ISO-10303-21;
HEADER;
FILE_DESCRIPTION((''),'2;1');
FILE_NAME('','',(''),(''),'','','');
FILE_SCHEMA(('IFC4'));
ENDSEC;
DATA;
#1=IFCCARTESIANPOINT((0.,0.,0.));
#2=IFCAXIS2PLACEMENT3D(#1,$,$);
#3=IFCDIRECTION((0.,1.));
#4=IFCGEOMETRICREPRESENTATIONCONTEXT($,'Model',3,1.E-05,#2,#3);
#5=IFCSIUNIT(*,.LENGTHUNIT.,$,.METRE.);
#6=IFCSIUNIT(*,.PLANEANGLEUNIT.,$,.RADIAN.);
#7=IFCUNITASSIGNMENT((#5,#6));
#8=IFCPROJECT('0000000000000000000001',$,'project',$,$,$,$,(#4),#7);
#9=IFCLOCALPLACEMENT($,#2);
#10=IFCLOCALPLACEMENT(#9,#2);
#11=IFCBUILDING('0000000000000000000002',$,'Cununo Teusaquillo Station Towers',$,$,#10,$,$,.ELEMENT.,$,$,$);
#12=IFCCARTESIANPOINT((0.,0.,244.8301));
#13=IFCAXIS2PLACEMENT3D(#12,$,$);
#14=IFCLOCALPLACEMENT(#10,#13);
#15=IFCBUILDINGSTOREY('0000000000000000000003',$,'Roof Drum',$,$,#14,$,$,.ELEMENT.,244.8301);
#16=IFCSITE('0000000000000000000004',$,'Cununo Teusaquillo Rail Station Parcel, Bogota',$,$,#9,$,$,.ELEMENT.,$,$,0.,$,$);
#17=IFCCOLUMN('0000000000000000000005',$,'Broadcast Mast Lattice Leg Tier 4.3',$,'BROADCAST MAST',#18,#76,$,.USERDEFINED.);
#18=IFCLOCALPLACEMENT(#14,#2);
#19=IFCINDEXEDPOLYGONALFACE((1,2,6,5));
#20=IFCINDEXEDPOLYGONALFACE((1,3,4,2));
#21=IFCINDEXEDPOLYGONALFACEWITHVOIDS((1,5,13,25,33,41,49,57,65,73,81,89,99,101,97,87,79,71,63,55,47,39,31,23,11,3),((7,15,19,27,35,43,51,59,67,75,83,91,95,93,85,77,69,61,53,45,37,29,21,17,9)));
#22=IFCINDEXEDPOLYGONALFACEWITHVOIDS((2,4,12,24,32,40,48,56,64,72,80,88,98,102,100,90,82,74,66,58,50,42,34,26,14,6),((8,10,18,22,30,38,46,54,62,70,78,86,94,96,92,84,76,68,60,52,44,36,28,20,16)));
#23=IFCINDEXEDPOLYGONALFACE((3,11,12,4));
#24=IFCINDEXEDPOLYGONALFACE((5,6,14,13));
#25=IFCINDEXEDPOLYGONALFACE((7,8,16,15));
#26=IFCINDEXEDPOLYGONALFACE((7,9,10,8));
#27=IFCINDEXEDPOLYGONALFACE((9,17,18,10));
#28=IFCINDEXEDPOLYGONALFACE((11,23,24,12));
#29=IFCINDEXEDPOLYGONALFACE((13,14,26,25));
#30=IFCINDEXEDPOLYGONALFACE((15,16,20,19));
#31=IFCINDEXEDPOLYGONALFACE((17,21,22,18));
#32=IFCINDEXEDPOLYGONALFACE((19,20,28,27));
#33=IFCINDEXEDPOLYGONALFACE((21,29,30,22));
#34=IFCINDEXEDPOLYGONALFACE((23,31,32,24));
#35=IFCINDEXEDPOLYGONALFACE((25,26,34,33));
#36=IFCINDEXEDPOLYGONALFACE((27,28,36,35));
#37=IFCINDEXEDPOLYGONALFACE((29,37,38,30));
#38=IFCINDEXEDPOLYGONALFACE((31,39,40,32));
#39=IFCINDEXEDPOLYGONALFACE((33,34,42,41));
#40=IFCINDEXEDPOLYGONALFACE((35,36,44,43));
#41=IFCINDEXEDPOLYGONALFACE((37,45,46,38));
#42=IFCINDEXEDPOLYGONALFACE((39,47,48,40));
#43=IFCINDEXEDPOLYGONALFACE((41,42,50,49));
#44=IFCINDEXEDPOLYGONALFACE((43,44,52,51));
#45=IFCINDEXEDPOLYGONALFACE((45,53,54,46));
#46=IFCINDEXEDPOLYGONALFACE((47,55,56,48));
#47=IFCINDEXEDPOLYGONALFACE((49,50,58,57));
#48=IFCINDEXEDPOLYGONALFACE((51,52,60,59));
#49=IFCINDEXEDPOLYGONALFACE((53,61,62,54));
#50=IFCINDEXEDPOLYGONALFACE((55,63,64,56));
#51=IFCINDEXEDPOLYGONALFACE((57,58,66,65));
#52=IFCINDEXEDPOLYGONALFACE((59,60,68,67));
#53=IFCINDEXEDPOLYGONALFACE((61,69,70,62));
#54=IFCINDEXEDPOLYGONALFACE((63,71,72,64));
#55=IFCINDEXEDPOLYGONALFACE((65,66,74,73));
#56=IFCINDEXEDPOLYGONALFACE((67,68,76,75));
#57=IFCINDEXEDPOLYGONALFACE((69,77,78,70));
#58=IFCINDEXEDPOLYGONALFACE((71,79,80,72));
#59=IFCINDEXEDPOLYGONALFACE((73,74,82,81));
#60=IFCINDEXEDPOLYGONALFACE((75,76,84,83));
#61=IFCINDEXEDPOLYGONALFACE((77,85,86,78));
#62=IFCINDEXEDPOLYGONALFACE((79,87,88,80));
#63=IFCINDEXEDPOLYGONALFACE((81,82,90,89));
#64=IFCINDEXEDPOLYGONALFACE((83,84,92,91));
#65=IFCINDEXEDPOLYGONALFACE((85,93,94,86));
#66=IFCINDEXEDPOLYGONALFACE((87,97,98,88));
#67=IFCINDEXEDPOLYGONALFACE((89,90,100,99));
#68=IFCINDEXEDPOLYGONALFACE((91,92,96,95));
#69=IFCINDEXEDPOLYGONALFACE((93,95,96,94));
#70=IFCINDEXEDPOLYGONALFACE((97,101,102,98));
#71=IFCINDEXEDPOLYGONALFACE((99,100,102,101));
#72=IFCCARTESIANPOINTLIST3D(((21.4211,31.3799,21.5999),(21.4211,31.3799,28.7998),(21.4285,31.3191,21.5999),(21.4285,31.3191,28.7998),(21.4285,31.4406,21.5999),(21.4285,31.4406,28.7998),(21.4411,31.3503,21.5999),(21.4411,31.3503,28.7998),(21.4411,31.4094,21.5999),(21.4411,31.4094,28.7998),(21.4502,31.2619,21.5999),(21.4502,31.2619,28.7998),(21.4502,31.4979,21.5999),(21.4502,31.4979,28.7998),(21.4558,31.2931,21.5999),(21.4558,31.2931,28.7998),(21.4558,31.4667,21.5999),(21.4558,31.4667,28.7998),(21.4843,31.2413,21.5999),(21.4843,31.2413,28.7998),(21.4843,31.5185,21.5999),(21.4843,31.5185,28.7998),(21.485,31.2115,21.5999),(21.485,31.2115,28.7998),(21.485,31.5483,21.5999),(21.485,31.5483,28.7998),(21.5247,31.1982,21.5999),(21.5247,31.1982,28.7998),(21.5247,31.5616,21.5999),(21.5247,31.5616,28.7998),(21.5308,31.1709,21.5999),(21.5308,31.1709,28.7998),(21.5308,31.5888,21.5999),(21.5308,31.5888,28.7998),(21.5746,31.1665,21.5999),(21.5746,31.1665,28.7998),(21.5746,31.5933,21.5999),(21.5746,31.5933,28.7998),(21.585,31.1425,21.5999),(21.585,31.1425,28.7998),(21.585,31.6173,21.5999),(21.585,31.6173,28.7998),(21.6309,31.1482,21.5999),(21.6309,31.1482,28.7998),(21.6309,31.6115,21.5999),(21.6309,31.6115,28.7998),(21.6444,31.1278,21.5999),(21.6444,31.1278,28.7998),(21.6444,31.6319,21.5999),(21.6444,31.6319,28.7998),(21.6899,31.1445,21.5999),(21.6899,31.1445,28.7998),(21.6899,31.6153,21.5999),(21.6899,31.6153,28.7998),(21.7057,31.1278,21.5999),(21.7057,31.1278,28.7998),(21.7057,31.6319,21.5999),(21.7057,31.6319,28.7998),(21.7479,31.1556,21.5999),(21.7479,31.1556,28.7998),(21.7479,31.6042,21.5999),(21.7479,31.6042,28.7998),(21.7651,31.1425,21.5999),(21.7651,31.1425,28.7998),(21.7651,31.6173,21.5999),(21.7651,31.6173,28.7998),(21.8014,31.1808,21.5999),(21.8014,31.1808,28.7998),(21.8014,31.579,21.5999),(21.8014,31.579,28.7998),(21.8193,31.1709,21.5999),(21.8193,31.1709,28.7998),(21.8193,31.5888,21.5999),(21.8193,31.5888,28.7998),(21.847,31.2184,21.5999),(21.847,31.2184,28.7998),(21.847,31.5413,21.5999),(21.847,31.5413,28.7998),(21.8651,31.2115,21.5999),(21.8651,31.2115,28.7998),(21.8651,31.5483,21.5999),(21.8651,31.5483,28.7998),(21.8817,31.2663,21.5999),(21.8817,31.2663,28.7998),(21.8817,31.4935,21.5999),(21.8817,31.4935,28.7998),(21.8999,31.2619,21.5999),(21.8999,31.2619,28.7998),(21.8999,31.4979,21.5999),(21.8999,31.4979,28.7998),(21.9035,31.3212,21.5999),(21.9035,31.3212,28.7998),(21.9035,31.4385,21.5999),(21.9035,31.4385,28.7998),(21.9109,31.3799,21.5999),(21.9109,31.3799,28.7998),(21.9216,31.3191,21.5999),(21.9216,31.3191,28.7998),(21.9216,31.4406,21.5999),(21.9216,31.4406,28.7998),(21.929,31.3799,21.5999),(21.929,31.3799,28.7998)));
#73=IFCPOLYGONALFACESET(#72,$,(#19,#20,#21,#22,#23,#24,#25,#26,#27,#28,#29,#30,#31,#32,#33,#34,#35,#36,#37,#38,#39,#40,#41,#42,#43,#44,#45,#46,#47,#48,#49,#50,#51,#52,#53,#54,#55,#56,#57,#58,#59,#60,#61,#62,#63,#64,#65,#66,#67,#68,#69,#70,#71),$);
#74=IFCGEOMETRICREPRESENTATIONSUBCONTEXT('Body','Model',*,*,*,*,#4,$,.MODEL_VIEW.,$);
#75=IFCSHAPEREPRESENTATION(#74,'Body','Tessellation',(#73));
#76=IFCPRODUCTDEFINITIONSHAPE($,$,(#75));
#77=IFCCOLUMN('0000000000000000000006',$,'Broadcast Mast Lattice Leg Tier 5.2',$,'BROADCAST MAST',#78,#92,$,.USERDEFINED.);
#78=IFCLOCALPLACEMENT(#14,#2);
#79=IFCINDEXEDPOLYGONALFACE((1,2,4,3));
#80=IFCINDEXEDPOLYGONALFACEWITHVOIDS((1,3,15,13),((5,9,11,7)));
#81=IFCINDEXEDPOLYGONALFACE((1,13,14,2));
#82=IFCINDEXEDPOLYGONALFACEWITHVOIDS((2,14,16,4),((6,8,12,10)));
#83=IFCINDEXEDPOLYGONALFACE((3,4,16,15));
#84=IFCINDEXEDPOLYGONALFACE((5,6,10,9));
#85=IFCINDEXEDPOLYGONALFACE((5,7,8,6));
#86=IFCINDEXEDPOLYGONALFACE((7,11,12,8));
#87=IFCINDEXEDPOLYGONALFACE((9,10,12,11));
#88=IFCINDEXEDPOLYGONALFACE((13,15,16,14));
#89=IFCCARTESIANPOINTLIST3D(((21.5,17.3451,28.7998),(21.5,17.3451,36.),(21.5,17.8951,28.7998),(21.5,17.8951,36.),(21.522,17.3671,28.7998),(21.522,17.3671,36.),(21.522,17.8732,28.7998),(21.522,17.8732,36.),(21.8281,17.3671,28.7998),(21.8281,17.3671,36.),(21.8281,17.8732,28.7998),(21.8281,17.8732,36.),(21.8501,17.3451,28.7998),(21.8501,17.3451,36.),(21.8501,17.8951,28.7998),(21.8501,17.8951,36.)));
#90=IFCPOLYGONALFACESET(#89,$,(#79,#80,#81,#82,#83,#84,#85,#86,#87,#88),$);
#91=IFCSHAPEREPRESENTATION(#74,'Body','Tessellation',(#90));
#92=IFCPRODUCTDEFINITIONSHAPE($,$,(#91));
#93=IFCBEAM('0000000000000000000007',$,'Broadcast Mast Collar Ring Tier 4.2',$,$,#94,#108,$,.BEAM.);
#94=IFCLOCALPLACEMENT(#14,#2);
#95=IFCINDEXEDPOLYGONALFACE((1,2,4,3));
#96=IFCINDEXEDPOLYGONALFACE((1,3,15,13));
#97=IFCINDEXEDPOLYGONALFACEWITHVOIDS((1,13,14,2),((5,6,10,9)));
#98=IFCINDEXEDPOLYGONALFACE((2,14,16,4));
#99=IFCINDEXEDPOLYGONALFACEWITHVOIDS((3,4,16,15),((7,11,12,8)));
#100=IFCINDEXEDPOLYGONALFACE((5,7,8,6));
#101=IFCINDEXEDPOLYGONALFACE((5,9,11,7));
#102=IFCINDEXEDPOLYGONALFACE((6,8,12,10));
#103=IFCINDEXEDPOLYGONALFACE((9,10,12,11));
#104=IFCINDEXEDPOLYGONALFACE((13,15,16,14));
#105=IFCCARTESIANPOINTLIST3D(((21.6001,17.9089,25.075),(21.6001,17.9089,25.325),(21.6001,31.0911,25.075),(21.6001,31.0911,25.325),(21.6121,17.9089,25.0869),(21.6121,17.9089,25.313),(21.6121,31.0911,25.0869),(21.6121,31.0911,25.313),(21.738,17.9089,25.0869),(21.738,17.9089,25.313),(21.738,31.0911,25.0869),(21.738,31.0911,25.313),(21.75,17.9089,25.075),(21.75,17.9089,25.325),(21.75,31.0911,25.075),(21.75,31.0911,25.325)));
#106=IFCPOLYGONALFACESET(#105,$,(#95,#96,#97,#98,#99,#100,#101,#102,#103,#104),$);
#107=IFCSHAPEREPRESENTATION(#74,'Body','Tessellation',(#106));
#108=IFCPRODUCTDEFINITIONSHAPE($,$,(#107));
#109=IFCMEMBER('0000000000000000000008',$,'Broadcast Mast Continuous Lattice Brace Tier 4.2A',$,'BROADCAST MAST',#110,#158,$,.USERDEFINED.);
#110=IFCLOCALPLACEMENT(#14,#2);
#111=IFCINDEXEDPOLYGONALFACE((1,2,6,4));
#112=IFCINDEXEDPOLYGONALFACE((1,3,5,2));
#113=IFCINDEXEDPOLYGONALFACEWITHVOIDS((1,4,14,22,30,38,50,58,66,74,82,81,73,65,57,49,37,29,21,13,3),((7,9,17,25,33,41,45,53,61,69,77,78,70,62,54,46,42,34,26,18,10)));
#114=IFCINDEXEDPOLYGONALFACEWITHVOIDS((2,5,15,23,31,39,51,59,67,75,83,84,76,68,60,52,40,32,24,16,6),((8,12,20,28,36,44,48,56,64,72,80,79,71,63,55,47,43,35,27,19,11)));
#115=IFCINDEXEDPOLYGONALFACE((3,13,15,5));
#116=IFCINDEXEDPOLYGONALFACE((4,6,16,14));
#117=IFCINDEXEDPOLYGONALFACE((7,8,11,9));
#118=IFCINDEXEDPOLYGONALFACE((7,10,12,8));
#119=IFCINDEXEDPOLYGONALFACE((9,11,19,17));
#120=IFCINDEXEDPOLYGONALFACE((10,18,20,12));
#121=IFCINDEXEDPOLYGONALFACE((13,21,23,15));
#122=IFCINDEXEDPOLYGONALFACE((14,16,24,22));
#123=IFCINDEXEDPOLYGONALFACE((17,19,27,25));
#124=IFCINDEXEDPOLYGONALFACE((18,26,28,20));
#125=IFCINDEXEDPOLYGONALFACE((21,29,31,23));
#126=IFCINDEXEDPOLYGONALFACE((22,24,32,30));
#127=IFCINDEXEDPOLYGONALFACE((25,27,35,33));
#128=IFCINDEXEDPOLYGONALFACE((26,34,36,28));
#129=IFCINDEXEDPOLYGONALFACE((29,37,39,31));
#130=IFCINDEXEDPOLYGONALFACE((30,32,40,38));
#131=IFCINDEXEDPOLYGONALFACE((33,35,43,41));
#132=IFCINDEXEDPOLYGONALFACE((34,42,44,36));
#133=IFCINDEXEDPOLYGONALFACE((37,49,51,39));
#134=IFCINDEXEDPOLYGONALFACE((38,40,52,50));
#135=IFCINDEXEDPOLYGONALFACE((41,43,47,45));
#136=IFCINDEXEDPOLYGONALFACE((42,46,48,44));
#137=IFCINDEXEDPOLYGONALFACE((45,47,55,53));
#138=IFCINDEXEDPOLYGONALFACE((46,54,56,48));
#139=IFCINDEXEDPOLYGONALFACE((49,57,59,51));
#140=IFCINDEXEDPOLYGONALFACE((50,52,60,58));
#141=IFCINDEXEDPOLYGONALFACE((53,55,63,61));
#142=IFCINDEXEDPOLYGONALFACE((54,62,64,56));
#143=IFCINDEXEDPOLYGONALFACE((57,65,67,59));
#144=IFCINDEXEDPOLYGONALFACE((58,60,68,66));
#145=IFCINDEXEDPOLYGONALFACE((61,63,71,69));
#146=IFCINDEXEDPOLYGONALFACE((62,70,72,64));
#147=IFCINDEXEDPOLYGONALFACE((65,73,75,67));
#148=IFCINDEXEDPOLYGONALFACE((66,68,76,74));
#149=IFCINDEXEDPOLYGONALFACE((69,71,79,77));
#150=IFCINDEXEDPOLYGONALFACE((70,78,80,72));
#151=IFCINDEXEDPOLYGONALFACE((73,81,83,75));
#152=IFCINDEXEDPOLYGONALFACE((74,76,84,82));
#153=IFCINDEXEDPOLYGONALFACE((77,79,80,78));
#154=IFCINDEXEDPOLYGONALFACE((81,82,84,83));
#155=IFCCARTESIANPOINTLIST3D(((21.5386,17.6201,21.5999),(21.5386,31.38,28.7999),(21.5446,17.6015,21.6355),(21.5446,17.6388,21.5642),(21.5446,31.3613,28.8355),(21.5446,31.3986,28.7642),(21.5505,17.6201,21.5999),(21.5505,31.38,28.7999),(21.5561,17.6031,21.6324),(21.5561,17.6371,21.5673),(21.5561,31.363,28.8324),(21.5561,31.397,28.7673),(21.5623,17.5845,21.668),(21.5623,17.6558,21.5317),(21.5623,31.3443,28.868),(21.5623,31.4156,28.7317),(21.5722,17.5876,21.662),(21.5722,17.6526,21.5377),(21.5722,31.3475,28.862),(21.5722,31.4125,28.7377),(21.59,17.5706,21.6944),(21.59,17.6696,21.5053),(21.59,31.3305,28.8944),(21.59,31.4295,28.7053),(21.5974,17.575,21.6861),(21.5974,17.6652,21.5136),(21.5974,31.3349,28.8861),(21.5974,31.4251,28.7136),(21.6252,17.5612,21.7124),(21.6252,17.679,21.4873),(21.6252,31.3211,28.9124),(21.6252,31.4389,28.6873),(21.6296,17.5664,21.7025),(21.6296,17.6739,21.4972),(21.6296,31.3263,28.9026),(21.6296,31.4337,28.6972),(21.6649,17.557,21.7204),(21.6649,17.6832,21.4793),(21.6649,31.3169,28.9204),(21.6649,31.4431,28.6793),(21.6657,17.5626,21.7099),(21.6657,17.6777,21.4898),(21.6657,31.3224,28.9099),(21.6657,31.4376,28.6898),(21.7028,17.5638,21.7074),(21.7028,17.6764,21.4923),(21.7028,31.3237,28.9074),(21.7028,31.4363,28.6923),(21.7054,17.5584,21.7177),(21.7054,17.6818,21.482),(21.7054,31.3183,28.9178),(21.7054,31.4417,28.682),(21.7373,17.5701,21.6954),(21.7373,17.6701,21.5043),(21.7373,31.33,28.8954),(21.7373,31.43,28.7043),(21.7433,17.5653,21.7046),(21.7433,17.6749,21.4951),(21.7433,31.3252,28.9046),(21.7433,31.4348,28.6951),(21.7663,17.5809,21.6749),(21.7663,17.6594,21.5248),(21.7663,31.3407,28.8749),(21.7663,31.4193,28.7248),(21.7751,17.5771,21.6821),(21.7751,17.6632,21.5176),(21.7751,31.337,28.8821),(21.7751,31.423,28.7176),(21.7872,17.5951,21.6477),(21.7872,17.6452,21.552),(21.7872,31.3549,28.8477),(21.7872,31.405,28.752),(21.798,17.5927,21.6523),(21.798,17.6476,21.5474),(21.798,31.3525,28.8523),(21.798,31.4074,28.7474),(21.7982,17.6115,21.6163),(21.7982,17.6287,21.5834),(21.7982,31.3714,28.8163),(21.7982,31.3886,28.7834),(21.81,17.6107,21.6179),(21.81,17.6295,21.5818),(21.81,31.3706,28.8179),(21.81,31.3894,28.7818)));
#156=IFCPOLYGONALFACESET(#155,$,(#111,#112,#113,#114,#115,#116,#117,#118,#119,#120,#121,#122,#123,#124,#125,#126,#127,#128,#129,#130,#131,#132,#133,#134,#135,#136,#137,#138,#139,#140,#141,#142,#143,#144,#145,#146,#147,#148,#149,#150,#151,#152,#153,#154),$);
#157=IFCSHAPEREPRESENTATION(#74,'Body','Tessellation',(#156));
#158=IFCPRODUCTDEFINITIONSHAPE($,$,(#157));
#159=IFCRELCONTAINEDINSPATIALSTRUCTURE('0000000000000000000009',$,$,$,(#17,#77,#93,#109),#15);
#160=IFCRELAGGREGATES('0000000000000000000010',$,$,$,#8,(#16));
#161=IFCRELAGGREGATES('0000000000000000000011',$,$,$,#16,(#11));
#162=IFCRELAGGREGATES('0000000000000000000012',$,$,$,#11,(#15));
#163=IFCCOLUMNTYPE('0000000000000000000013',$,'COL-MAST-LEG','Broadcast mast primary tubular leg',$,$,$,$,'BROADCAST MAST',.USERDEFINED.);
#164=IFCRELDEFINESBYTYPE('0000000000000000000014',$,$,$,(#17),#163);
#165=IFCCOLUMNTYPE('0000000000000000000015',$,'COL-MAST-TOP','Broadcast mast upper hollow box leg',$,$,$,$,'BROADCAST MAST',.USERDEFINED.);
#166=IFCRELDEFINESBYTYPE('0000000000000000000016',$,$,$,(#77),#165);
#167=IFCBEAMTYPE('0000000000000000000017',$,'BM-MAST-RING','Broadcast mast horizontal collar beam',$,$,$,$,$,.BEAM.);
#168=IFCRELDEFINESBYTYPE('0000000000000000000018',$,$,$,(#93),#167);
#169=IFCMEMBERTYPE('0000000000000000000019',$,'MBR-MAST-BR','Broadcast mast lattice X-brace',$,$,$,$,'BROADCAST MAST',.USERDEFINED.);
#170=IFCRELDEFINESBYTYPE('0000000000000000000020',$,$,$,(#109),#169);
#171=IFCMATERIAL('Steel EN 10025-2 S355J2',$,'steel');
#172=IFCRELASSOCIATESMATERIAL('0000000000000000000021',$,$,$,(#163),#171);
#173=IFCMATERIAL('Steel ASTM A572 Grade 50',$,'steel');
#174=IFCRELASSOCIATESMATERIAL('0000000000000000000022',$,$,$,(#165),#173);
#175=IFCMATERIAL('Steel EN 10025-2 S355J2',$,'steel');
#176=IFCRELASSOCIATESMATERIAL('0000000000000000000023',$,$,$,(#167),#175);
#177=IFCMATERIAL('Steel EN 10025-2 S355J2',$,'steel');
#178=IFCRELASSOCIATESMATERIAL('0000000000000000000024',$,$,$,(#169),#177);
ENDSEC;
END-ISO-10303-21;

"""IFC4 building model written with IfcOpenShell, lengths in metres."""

from ifc_helpers import new_model, si_unit, direction, frame, origin, origin_2d, place, context, subcontext, project, spatial, hollow_rectangle, hollow_circle, extrude, material, material_profile, profile_set, type_object, element, save


model = new_model("IFC4")

# Units and contexts
model_context = context("Model", 3, precision=1e-05, world=origin(), true_north=direction((0.0, 1.0)))
body_context = subcontext(model_context, "Body", "Model", "MODEL_VIEW")
ifc_project = project(units=[si_unit("LENGTHUNIT", "METRE"), si_unit("PLANEANGLEUNIT", "RADIAN")], contexts=[model_context])

# Site, building, storey
site_placement = place(None, origin())
site = spatial("IfcSite", under=ifc_project, at=site_placement, Name="Cununo Teusaquillo Rail Station Parcel, Bogota", CompositionType="ELEMENT", RefElevation=0.0)
building_placement = place(site_placement, origin())
building = spatial("IfcBuilding", under=site, at=building_placement, Name="Cununo Teusaquillo Station Towers", CompositionType="ELEMENT")
storey_placement = place(building_placement, frame((0.0, 0.0, 244.8301)))
storey = spatial("IfcBuildingStorey", under=building, at=storey_placement, Name="Roof Drum", CompositionType="ELEMENT", Elevation=244.8301)

# Columns
ifc_material_1 = material(Name="Steel EN 10025-2 S355J2", Category="steel")
ifc_material_profile_1 = material_profile(ifc_material_1, hollow_circle(Radius=0.2539, WallThickness=0.0181, at=origin_2d()), Name="CHS 508x18")
ifc_profile_set_1 = profile_set([ifc_material_profile_1], Name="Steel EN 10025-2 S355J2")
column_type_1 = type_object("IfcColumnType", Name="COL-MAST-LEG", Description="Broadcast mast primary tubular leg", ElementType="BROADCAST MAST", PredefinedType="USERDEFINED", material=ifc_profile_set_1)
column_1_placement = place(storey_placement, frame((21.675, 31.3799, 21.5999), z_axis=(0.0, 0.0, 1.0), x_axis=(1.0, 0.0, 0.0)))
element("IfcColumn", 1, at=column_1_placement, inside=storey, type_object=column_type_1, Name="Broadcast Mast Lattice Leg Tier 4.3", ObjectType="BROADCAST MAST", PredefinedType="USERDEFINED", context=body_context, shape_type="SweptSolid", body=[
    extrude(hollow_circle(Radius=0.2539, WallThickness=0.0181, at=origin_2d()), origin(), (0.0, 0.0, 1.0), 7.2),
])
ifc_material_2 = material(Name="Steel ASTM A572 Grade 50", Category="steel")
ifc_material_profile_2 = material_profile(ifc_material_2, hollow_rectangle(XDim=0.3501, YDim=0.55, WallThickness=0.022, at=origin_2d()), Name="RHS 550x350x22")
ifc_profile_set_2 = profile_set([ifc_material_profile_2], Name="Steel ASTM A572 Grade 50")
column_type_2 = type_object("IfcColumnType", Name="COL-MAST-TOP", Description="Broadcast mast upper hollow box leg", ElementType="BROADCAST MAST", PredefinedType="USERDEFINED", material=ifc_profile_set_2)
column_2_placement = place(storey_placement, frame((21.675, 17.6201, 28.7998), z_axis=(0.0, 0.0, 1.0), x_axis=(1.0, 0.0, 0.0)))
element("IfcColumn", 2, at=column_2_placement, inside=storey, type_object=column_type_2, Name="Broadcast Mast Lattice Leg Tier 5.2", ObjectType="BROADCAST MAST", PredefinedType="USERDEFINED", context=body_context, shape_type="SweptSolid", body=[
    extrude(hollow_rectangle(XDim=0.3501, YDim=0.55, WallThickness=0.022, at=origin_2d()), origin(), (0.0, 0.0, 1.0), 7.2002),
])

# Beam
ifc_material_3 = material(Name="Steel EN 10025-2 S355J2", Category="steel")
ifc_material_profile_3 = material_profile(ifc_material_3, hollow_rectangle(XDim=0.1499, YDim=0.25, WallThickness=0.012, at=origin_2d()), Name="RHS 250x150x12")
ifc_profile_set_3 = profile_set([ifc_material_profile_3], Name="Steel EN 10025-2 S355J2")
beam_type = type_object("IfcBeamType", Name="BM-MAST-RING", Description="Broadcast mast horizontal collar beam", PredefinedType="BEAM", material=ifc_profile_set_3)
beam_placement = place(storey_placement, frame((21.675, 17.9089, 25.2), z_axis=(0.0, 1.0, 0.0), x_axis=(-1.0, 0.0, 0.0)))
element("IfcBeam", 3, at=beam_placement, inside=storey, type_object=beam_type, Name="Broadcast Mast Collar Ring Tier 4.2", PredefinedType="BEAM", context=body_context, shape_type="SweptSolid", body=[
    extrude(hollow_rectangle(XDim=0.1499, YDim=0.25, WallThickness=0.012, at=origin_2d()), origin(), (0.0, 0.0, 1.0), 13.1821),
])

# Member
ifc_material_4 = material(Name="Steel EN 10025-2 S355J2", Category="steel")
ifc_material_profile_4 = material_profile(ifc_material_4, hollow_circle(Radius=0.1365, WallThickness=0.012, at=origin_2d()), Name="CHS 273x12")
ifc_profile_set_4 = profile_set([ifc_material_profile_4], Name="Steel EN 10025-2 S355J2")
member_type = type_object("IfcMemberType", Name="MBR-MAST-BR", Description="Broadcast mast lattice X-brace", ElementType="BROADCAST MAST", PredefinedType="USERDEFINED", material=ifc_profile_set_4)
member_1_placement = place(storey_placement, frame((21.675, 17.6201, 21.5999), z_axis=(0.0, 0.886031, 0.463626), x_axis=(-1.0, 0.0, 0.0)))
element("IfcMember", 4, at=member_1_placement, inside=storey, type_object=member_type, Name="Broadcast Mast Continuous Lattice Brace Tier 4.2A", ObjectType="BROADCAST MAST", PredefinedType="USERDEFINED", context=body_context, shape_type="SweptSolid", body=[
    extrude(hollow_circle(Radius=0.1365, WallThickness=0.012, at=origin_2d()), origin(), (0.0, 0.0, 1.0), 15.5298),
])

save(model, "model.ifc")
